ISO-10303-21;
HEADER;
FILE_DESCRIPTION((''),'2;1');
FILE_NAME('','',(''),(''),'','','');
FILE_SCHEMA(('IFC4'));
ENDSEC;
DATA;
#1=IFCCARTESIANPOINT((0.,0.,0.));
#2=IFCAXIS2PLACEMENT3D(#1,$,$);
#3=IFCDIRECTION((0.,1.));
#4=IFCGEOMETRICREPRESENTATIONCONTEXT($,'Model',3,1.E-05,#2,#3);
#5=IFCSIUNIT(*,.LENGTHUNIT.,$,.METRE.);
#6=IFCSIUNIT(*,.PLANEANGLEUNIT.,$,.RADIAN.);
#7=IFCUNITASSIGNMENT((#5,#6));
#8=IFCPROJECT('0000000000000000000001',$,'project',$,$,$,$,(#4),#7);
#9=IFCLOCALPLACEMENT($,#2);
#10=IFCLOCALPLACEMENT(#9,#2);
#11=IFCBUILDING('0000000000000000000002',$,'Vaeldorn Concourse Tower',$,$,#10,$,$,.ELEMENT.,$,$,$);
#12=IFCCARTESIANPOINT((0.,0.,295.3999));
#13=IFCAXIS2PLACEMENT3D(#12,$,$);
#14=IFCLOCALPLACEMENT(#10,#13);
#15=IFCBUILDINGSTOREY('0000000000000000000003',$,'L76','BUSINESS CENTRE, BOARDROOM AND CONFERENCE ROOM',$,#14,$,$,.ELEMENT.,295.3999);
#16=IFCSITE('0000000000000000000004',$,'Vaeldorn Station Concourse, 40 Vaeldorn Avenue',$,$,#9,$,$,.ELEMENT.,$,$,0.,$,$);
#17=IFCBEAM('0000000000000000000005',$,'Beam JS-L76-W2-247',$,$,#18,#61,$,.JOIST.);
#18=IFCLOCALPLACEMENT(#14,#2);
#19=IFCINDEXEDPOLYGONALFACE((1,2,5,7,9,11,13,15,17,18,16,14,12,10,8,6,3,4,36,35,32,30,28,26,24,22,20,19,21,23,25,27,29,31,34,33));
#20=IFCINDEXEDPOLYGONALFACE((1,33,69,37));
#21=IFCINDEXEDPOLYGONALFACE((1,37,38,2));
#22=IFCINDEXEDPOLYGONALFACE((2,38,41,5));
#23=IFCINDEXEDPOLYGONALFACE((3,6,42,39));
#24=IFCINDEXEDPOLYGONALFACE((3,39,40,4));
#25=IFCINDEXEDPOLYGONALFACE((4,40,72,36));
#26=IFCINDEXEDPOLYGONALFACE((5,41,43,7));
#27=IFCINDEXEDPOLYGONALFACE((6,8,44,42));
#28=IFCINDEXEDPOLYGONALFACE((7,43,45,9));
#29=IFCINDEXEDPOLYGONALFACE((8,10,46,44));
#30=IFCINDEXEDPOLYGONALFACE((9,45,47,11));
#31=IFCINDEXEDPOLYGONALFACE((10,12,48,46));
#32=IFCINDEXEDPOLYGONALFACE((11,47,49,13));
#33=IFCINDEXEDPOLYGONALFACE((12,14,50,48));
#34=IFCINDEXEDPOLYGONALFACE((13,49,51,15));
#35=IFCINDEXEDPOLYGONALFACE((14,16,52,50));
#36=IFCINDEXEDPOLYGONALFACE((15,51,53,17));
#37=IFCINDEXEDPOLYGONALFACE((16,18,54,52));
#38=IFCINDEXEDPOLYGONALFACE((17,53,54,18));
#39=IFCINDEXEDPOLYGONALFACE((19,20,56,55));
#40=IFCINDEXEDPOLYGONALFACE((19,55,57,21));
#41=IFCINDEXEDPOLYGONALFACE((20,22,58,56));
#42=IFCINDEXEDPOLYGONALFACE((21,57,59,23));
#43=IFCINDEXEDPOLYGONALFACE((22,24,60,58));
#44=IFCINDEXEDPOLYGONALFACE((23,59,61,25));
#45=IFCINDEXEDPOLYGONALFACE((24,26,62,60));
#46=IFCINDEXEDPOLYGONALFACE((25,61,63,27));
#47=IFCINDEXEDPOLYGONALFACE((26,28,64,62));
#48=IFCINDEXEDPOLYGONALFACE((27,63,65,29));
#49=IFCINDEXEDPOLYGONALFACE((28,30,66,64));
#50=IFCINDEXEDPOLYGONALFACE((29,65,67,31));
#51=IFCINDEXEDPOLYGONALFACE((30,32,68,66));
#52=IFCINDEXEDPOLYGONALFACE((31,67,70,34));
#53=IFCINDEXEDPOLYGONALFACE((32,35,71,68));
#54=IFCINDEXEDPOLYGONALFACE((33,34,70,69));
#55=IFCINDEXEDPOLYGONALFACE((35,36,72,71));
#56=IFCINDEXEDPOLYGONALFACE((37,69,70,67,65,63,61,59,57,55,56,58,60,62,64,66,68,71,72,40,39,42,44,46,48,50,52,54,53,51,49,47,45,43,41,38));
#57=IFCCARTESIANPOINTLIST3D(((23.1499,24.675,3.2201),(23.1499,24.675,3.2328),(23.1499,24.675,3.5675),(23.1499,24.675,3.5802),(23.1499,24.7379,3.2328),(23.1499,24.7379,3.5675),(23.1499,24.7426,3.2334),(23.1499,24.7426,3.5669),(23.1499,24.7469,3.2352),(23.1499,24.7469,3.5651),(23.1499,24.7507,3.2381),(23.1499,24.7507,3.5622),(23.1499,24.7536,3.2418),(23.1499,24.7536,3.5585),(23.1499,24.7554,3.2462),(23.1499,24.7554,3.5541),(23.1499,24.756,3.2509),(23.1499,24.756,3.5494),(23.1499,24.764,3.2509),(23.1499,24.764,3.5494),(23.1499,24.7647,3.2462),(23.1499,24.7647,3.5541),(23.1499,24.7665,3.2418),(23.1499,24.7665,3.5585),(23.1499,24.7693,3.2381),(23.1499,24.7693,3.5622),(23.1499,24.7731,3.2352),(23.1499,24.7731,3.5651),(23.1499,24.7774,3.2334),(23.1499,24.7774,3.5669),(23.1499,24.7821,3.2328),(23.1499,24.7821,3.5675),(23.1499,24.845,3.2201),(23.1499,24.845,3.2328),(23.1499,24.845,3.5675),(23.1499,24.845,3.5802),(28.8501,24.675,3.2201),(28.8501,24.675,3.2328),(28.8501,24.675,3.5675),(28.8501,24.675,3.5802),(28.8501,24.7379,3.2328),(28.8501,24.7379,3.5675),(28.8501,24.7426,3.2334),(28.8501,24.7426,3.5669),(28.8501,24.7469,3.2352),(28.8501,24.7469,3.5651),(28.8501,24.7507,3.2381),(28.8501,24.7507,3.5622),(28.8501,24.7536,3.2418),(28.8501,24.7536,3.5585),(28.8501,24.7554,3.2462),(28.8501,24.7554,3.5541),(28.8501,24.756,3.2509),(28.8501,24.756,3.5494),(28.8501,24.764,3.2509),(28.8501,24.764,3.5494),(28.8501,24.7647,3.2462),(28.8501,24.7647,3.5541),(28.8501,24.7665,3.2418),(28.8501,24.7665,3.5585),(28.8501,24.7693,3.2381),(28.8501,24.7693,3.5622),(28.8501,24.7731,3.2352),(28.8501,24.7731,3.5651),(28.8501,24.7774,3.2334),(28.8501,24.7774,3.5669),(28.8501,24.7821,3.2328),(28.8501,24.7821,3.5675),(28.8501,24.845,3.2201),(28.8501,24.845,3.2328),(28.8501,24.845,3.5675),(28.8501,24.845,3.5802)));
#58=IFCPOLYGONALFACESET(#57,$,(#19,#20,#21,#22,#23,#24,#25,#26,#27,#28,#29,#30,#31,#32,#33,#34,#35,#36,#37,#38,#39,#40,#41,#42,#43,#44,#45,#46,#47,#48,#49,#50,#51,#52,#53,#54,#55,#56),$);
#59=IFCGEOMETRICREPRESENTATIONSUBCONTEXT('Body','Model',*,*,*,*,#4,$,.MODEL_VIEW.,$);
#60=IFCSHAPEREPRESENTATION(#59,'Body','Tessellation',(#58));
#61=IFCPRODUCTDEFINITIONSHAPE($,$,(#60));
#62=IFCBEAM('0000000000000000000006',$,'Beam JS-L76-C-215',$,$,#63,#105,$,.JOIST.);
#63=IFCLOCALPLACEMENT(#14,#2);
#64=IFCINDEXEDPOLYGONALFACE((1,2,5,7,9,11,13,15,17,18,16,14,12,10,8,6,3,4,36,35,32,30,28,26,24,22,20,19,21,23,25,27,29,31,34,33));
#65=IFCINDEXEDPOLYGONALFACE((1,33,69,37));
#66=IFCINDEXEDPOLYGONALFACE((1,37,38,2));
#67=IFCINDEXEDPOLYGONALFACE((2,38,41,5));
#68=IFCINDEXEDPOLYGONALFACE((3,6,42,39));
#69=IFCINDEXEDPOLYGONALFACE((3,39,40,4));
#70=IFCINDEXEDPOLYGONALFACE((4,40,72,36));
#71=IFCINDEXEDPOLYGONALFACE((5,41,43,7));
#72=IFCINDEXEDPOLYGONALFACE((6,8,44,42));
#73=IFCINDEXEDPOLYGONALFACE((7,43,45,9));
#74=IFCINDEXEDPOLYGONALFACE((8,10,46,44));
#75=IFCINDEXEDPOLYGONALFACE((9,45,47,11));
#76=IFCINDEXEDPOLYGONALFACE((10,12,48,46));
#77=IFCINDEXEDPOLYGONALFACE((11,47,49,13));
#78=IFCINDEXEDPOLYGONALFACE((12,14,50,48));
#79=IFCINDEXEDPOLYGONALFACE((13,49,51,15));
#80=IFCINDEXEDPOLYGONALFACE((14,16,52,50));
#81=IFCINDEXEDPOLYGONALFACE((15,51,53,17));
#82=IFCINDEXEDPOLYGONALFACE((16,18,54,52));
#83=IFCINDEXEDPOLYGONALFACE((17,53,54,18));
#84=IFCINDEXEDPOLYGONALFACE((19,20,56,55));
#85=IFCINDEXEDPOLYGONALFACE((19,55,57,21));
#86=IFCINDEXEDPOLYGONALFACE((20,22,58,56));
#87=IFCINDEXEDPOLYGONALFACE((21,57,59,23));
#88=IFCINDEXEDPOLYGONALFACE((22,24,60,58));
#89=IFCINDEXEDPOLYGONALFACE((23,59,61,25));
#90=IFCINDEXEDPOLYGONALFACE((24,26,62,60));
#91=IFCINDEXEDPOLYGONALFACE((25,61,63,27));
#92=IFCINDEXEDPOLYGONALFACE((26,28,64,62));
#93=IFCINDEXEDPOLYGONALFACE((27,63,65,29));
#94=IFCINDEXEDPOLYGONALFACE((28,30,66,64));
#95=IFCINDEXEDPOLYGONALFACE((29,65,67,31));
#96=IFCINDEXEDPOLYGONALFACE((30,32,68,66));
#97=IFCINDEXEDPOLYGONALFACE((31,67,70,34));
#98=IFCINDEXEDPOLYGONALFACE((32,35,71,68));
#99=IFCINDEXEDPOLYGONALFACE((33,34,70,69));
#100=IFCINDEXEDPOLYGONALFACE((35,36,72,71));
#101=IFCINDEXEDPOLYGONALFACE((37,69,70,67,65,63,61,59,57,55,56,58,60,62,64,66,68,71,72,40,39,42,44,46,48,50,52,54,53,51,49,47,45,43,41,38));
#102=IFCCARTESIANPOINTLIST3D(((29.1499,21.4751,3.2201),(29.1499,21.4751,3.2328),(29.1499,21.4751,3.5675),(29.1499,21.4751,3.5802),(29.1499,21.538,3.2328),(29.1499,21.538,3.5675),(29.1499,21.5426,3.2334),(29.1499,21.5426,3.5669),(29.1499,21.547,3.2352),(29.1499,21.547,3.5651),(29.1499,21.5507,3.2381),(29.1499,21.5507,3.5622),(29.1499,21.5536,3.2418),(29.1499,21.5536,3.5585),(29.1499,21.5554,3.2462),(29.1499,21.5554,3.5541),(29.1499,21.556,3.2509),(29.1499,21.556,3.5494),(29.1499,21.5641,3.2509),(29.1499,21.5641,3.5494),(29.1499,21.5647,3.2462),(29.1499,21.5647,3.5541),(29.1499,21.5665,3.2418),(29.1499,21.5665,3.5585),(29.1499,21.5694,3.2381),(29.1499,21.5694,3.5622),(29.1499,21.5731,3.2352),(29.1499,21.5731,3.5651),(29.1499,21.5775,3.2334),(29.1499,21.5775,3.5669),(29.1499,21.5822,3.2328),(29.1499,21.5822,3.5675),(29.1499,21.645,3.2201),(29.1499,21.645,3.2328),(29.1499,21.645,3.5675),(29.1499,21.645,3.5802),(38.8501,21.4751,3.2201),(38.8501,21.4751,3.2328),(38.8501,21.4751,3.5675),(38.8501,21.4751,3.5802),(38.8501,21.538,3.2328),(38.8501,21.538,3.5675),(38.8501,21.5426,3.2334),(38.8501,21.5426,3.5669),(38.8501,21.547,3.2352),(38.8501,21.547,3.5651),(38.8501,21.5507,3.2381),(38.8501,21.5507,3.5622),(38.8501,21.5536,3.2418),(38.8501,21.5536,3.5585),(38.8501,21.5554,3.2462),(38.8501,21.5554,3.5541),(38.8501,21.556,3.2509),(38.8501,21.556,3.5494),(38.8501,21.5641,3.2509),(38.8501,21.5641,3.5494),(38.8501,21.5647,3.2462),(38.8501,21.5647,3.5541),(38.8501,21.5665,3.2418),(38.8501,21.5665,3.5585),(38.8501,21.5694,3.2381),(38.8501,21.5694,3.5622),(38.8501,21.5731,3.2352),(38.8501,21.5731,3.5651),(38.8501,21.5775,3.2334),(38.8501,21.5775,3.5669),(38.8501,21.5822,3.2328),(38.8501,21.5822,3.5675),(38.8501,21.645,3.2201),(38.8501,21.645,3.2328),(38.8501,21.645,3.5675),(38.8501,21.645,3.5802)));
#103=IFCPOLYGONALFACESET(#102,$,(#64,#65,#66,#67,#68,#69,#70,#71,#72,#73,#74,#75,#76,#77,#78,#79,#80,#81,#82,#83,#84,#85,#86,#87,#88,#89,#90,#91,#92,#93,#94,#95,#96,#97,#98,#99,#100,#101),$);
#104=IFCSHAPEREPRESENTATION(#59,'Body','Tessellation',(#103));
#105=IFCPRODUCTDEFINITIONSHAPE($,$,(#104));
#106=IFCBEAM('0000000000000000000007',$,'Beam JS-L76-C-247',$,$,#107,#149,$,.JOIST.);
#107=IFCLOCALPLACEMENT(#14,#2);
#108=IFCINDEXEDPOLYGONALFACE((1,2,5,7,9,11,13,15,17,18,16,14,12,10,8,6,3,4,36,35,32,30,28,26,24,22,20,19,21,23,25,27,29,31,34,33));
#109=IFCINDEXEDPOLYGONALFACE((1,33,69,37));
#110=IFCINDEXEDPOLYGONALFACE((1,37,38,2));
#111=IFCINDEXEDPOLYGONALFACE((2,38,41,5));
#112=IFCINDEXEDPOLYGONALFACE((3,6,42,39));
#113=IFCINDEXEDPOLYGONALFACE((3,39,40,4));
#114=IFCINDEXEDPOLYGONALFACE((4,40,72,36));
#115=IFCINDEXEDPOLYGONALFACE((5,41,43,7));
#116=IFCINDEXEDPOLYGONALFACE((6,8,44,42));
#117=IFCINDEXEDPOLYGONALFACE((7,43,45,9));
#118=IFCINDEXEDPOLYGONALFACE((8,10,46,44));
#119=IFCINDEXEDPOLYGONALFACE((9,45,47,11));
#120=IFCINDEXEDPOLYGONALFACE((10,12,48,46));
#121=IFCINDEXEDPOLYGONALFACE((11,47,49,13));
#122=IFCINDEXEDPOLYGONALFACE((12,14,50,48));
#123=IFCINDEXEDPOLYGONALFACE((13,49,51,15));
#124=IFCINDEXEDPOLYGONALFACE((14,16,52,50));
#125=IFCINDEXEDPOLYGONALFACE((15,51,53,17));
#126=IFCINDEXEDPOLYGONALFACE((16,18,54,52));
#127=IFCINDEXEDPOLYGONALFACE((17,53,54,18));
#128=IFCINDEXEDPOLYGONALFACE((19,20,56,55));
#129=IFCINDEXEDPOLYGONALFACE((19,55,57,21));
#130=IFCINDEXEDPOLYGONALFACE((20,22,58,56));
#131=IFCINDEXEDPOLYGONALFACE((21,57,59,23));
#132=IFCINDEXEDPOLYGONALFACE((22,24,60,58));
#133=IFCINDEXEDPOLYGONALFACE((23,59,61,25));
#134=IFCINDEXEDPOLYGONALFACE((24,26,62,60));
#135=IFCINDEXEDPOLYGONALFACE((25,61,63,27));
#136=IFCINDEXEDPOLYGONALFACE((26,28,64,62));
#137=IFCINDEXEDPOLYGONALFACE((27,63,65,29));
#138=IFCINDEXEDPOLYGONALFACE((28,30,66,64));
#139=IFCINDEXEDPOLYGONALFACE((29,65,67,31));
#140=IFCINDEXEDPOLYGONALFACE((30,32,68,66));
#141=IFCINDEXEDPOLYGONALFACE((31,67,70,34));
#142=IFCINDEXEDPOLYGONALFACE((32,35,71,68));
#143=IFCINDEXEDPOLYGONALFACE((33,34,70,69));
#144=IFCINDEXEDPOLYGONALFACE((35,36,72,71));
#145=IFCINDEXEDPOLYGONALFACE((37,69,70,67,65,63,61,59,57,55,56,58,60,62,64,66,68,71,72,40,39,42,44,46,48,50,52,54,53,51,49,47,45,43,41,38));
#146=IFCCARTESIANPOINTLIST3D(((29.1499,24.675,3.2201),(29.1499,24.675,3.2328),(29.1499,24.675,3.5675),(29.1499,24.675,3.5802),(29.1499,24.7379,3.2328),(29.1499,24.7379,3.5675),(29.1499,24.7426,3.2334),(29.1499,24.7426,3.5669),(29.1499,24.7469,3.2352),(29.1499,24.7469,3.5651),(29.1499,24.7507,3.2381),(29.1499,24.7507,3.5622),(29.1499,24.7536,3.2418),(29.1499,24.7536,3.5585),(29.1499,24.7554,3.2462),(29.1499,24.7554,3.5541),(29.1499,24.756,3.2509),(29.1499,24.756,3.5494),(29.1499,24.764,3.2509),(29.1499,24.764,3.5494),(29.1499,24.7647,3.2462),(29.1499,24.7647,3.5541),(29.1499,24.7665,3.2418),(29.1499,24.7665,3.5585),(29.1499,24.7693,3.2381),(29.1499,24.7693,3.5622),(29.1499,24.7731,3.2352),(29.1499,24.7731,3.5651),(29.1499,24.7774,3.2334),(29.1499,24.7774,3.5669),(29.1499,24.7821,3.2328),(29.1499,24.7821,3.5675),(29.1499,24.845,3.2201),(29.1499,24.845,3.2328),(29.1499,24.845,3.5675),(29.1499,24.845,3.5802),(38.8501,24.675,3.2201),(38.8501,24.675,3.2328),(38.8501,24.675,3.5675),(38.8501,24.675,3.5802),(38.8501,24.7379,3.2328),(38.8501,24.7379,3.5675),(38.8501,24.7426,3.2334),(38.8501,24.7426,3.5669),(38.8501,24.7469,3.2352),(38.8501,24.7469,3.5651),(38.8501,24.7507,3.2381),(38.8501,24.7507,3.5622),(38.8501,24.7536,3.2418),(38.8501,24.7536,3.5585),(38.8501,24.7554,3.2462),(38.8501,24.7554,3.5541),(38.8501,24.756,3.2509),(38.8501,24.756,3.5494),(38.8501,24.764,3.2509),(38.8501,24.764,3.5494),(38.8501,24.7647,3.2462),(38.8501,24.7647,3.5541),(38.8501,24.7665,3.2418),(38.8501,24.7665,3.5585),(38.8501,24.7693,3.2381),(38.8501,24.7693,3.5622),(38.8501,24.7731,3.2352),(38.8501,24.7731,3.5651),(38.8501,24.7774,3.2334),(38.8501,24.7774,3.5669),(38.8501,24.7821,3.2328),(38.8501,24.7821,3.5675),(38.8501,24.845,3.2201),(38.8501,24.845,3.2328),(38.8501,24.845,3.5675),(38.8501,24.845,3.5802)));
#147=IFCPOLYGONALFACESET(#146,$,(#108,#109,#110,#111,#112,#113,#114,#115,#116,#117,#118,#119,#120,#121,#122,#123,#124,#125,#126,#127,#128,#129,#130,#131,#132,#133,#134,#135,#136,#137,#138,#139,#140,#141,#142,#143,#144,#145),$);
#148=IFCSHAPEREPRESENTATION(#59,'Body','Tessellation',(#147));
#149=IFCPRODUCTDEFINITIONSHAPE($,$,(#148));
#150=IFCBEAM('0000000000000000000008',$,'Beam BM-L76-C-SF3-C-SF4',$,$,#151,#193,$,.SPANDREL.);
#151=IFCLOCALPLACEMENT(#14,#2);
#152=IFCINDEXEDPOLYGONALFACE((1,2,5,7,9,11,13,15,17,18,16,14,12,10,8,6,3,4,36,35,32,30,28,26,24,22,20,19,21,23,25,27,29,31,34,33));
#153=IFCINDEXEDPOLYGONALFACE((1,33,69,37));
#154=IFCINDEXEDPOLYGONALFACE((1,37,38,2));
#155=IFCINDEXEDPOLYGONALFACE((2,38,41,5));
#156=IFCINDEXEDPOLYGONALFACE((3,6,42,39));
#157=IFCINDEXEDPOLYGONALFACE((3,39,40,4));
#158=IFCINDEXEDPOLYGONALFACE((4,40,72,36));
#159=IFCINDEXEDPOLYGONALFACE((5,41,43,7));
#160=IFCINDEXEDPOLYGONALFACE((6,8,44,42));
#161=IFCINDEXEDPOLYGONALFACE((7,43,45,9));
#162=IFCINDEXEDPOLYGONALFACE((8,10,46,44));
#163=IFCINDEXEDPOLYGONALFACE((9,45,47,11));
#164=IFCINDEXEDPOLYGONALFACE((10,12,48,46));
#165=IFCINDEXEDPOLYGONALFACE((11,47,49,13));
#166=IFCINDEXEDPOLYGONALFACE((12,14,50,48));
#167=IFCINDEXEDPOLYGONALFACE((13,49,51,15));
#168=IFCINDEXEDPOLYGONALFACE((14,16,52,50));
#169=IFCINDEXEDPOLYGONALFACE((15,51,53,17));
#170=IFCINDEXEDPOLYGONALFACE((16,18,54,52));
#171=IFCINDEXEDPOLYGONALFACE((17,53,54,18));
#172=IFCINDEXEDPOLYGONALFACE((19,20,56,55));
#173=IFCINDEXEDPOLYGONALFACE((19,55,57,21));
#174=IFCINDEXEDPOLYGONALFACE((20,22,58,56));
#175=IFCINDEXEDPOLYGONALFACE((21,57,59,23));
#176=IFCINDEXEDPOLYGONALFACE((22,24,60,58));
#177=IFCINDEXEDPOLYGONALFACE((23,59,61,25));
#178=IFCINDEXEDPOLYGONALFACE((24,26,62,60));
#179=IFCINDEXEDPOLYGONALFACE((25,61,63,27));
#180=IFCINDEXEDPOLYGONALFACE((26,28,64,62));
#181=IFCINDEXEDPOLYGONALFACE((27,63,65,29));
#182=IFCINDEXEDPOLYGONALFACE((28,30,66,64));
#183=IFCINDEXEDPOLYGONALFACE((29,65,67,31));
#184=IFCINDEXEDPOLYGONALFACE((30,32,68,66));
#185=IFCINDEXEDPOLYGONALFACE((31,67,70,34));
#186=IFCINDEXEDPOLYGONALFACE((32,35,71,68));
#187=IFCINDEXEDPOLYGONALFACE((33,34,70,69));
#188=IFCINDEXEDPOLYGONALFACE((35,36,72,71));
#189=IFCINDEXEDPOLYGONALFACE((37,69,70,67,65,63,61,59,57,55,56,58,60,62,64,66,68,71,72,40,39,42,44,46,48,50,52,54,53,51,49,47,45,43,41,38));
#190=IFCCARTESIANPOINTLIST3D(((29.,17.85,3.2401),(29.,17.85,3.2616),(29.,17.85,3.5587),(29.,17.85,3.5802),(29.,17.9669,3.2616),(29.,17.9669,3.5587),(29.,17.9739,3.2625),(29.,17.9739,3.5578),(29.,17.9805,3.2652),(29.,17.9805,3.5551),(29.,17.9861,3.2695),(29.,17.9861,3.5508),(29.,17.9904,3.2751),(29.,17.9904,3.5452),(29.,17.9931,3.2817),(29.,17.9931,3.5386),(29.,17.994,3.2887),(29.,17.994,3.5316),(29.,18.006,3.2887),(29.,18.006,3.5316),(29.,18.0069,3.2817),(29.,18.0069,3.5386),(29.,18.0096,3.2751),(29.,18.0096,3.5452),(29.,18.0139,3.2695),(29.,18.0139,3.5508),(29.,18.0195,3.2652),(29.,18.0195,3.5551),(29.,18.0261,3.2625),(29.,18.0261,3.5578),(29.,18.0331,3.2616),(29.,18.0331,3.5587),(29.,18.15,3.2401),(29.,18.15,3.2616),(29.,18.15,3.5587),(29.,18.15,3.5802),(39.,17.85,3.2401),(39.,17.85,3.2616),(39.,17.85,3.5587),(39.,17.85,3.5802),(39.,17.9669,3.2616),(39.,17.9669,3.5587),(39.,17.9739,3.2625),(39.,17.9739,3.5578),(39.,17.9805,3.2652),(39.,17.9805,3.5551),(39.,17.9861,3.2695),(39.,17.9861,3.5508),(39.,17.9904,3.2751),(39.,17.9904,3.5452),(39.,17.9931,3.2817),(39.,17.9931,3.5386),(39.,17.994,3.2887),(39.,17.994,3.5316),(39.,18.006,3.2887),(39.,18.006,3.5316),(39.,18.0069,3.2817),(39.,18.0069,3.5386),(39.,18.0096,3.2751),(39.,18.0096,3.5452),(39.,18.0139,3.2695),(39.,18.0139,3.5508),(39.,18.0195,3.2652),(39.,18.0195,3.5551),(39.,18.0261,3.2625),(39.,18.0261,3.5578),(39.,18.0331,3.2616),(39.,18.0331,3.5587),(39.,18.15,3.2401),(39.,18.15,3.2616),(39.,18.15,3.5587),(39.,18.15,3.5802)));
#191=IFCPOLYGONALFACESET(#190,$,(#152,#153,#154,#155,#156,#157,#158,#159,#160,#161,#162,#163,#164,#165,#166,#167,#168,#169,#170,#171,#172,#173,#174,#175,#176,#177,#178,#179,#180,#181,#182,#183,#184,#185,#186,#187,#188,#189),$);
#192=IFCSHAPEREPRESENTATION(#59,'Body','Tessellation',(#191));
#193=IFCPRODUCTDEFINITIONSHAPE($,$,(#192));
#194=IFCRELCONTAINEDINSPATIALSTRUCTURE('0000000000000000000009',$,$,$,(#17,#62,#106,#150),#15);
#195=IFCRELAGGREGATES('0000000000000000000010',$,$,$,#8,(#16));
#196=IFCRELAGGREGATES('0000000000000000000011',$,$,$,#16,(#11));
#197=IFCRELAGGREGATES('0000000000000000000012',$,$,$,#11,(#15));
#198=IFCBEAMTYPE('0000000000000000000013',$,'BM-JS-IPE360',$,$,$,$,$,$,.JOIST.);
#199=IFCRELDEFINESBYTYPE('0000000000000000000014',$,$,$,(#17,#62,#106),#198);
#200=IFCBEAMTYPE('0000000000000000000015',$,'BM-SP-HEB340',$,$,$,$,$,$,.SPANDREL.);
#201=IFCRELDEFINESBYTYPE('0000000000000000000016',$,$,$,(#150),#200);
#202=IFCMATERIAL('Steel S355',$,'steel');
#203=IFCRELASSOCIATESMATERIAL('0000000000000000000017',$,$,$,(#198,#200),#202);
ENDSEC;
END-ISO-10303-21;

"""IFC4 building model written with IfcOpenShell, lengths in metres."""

from ifc_helpers import new_model, si_unit, direction, frame, origin, origin_2d, place, context, subcontext, project, spatial, i_section, extrude, source, transform, mapped, material, material_profile, profile_set, type_object, element, save


model = new_model("IFC4")

# Units and contexts
model_context = context("Model", 3, precision=1e-05, world=origin(), true_north=direction((0.0, 1.0)))
body_context = subcontext(model_context, "Body", "Model", "MODEL_VIEW")
ifc_project = project(units=[si_unit("LENGTHUNIT", "METRE"), si_unit("PLANEANGLEUNIT", "RADIAN")], contexts=[model_context])

# Site, building, storey
site_placement = place(None, origin())
site = spatial("IfcSite", under=ifc_project, at=site_placement, Name="Vaeldorn Station Concourse, 40 Vaeldorn Avenue", CompositionType="ELEMENT", RefElevation=0.0)
building_placement = place(site_placement, origin())
building = spatial("IfcBuilding", under=site, at=building_placement, Name="Vaeldorn Concourse Tower", CompositionType="ELEMENT")
storey_placement = place(building_placement, frame((0.0, 0.0, 295.3999)))
storey = spatial("IfcBuildingStorey", under=building, at=storey_placement, Name="L76", Description="BUSINESS CENTRE, BOARDROOM AND CONFERENCE ROOM", CompositionType="ELEMENT", Elevation=295.3999)

# Shared definitions
ifc_material_1 = material(Name="Steel S355", Category="steel")

# Beams
ifc_material_profile_1 = material_profile(ifc_material_1, i_section(OverallWidth=0.1699, OverallDepth=0.3601, WebThickness=0.0081, FlangeThickness=0.0127, FilletRadius=0.0181, at=origin_2d()), Name="IPE 360")
ifc_profile_set_1 = profile_set([ifc_material_profile_1], Name="Steel S355")
beam_type_1 = type_object("IfcBeamType", Name="BM-JS-IPE360", PredefinedType="JOIST", material=ifc_profile_set_1)
shared_shape_1 = source(origin(), body_context, "Body", "SweptSolid", [
    extrude(i_section(OverallWidth=0.1699, OverallDepth=0.3601, WebThickness=0.0081, FlangeThickness=0.0127, FilletRadius=0.0181, at=origin_2d()), origin(), (0.0, 0.0, 1.0), 5.7002),
])
for number, where, z_axis, x_axis, name in (
    (1, (23.1499, 24.76, 3.4001), (1.0, 0.0, 0.0), (0.0, 1.0, 0.0), "Beam JS-L76-W2-247"),
):
    element("IfcBeam", number, at=place(storey_placement, frame(where, z_axis=z_axis, x_axis=x_axis)), inside=storey, type_object=beam_type_1, Name=name, PredefinedType="JOIST", context=body_context, shape_type="MappedRepresentation", body=[
        mapped(shared_shape_1, transform((0.0, 0.0, 0.0), scale=1.0)),
    ])
shared_shape_2 = source(origin(), body_context, "Body", "SweptSolid", [
    extrude(i_section(OverallWidth=0.1699, OverallDepth=0.3601, WebThickness=0.0081, FlangeThickness=0.0127, FilletRadius=0.0181, at=origin_2d()), origin(), (0.0, 0.0, 1.0), 9.7002),
])
for number, where, z_axis, x_axis, name in (
    (2, (29.1499, 21.5601, 3.4001), (1.0, 0.0, 0.0), (0.0, 1.0, 0.0), "Beam JS-L76-C-215"),
    (3, (29.1499, 24.76, 3.4001), (1.0, 0.0, 0.0), (0.0, 1.0, 0.0), "Beam JS-L76-C-247"),
):
    element("IfcBeam", number, at=place(storey_placement, frame(where, z_axis=z_axis, x_axis=x_axis)), inside=storey, type_object=beam_type_1, Name=name, PredefinedType="JOIST", context=body_context, shape_type="MappedRepresentation", body=[
        mapped(shared_shape_2, transform((0.0, 0.0, 0.0), scale=1.0)),
    ])
ifc_material_profile_2 = material_profile(ifc_material_1, i_section(OverallWidth=0.3, OverallDepth=0.3401, WebThickness=0.012, FlangeThickness=0.0215, FilletRadius=0.0271, at=origin_2d()), Name="HEB 340")
ifc_profile_set_2 = profile_set([ifc_material_profile_2], Name="Steel S355")
beam_type_2 = type_object("IfcBeamType", Name="BM-SP-HEB340", PredefinedType="SPANDREL", material=ifc_profile_set_2)
shared_shape_3 = source(origin(), body_context, "Body", "SweptSolid", [
    extrude(i_section(OverallWidth=0.3, OverallDepth=0.3401, WebThickness=0.012, FlangeThickness=0.0215, FilletRadius=0.0271, at=origin_2d()), origin(), (0.0, 0.0, 1.0), 10.0),
])
beam_1_placement = place(storey_placement, frame((29.0, 18.0, 3.4102), z_axis=(1.0, 0.0, 0.0), x_axis=(0.0, 1.0, 0.0)))
element("IfcBeam", 4, at=beam_1_placement, inside=storey, type_object=beam_type_2, Name="Beam BM-L76-C-SF3-C-SF4", PredefinedType="SPANDREL", context=body_context, shape_type="MappedRepresentation", body=[
    mapped(shared_shape_3, transform((0.0, 0.0, 0.0), scale=1.0)),
])

save(model, "model.ifc")
